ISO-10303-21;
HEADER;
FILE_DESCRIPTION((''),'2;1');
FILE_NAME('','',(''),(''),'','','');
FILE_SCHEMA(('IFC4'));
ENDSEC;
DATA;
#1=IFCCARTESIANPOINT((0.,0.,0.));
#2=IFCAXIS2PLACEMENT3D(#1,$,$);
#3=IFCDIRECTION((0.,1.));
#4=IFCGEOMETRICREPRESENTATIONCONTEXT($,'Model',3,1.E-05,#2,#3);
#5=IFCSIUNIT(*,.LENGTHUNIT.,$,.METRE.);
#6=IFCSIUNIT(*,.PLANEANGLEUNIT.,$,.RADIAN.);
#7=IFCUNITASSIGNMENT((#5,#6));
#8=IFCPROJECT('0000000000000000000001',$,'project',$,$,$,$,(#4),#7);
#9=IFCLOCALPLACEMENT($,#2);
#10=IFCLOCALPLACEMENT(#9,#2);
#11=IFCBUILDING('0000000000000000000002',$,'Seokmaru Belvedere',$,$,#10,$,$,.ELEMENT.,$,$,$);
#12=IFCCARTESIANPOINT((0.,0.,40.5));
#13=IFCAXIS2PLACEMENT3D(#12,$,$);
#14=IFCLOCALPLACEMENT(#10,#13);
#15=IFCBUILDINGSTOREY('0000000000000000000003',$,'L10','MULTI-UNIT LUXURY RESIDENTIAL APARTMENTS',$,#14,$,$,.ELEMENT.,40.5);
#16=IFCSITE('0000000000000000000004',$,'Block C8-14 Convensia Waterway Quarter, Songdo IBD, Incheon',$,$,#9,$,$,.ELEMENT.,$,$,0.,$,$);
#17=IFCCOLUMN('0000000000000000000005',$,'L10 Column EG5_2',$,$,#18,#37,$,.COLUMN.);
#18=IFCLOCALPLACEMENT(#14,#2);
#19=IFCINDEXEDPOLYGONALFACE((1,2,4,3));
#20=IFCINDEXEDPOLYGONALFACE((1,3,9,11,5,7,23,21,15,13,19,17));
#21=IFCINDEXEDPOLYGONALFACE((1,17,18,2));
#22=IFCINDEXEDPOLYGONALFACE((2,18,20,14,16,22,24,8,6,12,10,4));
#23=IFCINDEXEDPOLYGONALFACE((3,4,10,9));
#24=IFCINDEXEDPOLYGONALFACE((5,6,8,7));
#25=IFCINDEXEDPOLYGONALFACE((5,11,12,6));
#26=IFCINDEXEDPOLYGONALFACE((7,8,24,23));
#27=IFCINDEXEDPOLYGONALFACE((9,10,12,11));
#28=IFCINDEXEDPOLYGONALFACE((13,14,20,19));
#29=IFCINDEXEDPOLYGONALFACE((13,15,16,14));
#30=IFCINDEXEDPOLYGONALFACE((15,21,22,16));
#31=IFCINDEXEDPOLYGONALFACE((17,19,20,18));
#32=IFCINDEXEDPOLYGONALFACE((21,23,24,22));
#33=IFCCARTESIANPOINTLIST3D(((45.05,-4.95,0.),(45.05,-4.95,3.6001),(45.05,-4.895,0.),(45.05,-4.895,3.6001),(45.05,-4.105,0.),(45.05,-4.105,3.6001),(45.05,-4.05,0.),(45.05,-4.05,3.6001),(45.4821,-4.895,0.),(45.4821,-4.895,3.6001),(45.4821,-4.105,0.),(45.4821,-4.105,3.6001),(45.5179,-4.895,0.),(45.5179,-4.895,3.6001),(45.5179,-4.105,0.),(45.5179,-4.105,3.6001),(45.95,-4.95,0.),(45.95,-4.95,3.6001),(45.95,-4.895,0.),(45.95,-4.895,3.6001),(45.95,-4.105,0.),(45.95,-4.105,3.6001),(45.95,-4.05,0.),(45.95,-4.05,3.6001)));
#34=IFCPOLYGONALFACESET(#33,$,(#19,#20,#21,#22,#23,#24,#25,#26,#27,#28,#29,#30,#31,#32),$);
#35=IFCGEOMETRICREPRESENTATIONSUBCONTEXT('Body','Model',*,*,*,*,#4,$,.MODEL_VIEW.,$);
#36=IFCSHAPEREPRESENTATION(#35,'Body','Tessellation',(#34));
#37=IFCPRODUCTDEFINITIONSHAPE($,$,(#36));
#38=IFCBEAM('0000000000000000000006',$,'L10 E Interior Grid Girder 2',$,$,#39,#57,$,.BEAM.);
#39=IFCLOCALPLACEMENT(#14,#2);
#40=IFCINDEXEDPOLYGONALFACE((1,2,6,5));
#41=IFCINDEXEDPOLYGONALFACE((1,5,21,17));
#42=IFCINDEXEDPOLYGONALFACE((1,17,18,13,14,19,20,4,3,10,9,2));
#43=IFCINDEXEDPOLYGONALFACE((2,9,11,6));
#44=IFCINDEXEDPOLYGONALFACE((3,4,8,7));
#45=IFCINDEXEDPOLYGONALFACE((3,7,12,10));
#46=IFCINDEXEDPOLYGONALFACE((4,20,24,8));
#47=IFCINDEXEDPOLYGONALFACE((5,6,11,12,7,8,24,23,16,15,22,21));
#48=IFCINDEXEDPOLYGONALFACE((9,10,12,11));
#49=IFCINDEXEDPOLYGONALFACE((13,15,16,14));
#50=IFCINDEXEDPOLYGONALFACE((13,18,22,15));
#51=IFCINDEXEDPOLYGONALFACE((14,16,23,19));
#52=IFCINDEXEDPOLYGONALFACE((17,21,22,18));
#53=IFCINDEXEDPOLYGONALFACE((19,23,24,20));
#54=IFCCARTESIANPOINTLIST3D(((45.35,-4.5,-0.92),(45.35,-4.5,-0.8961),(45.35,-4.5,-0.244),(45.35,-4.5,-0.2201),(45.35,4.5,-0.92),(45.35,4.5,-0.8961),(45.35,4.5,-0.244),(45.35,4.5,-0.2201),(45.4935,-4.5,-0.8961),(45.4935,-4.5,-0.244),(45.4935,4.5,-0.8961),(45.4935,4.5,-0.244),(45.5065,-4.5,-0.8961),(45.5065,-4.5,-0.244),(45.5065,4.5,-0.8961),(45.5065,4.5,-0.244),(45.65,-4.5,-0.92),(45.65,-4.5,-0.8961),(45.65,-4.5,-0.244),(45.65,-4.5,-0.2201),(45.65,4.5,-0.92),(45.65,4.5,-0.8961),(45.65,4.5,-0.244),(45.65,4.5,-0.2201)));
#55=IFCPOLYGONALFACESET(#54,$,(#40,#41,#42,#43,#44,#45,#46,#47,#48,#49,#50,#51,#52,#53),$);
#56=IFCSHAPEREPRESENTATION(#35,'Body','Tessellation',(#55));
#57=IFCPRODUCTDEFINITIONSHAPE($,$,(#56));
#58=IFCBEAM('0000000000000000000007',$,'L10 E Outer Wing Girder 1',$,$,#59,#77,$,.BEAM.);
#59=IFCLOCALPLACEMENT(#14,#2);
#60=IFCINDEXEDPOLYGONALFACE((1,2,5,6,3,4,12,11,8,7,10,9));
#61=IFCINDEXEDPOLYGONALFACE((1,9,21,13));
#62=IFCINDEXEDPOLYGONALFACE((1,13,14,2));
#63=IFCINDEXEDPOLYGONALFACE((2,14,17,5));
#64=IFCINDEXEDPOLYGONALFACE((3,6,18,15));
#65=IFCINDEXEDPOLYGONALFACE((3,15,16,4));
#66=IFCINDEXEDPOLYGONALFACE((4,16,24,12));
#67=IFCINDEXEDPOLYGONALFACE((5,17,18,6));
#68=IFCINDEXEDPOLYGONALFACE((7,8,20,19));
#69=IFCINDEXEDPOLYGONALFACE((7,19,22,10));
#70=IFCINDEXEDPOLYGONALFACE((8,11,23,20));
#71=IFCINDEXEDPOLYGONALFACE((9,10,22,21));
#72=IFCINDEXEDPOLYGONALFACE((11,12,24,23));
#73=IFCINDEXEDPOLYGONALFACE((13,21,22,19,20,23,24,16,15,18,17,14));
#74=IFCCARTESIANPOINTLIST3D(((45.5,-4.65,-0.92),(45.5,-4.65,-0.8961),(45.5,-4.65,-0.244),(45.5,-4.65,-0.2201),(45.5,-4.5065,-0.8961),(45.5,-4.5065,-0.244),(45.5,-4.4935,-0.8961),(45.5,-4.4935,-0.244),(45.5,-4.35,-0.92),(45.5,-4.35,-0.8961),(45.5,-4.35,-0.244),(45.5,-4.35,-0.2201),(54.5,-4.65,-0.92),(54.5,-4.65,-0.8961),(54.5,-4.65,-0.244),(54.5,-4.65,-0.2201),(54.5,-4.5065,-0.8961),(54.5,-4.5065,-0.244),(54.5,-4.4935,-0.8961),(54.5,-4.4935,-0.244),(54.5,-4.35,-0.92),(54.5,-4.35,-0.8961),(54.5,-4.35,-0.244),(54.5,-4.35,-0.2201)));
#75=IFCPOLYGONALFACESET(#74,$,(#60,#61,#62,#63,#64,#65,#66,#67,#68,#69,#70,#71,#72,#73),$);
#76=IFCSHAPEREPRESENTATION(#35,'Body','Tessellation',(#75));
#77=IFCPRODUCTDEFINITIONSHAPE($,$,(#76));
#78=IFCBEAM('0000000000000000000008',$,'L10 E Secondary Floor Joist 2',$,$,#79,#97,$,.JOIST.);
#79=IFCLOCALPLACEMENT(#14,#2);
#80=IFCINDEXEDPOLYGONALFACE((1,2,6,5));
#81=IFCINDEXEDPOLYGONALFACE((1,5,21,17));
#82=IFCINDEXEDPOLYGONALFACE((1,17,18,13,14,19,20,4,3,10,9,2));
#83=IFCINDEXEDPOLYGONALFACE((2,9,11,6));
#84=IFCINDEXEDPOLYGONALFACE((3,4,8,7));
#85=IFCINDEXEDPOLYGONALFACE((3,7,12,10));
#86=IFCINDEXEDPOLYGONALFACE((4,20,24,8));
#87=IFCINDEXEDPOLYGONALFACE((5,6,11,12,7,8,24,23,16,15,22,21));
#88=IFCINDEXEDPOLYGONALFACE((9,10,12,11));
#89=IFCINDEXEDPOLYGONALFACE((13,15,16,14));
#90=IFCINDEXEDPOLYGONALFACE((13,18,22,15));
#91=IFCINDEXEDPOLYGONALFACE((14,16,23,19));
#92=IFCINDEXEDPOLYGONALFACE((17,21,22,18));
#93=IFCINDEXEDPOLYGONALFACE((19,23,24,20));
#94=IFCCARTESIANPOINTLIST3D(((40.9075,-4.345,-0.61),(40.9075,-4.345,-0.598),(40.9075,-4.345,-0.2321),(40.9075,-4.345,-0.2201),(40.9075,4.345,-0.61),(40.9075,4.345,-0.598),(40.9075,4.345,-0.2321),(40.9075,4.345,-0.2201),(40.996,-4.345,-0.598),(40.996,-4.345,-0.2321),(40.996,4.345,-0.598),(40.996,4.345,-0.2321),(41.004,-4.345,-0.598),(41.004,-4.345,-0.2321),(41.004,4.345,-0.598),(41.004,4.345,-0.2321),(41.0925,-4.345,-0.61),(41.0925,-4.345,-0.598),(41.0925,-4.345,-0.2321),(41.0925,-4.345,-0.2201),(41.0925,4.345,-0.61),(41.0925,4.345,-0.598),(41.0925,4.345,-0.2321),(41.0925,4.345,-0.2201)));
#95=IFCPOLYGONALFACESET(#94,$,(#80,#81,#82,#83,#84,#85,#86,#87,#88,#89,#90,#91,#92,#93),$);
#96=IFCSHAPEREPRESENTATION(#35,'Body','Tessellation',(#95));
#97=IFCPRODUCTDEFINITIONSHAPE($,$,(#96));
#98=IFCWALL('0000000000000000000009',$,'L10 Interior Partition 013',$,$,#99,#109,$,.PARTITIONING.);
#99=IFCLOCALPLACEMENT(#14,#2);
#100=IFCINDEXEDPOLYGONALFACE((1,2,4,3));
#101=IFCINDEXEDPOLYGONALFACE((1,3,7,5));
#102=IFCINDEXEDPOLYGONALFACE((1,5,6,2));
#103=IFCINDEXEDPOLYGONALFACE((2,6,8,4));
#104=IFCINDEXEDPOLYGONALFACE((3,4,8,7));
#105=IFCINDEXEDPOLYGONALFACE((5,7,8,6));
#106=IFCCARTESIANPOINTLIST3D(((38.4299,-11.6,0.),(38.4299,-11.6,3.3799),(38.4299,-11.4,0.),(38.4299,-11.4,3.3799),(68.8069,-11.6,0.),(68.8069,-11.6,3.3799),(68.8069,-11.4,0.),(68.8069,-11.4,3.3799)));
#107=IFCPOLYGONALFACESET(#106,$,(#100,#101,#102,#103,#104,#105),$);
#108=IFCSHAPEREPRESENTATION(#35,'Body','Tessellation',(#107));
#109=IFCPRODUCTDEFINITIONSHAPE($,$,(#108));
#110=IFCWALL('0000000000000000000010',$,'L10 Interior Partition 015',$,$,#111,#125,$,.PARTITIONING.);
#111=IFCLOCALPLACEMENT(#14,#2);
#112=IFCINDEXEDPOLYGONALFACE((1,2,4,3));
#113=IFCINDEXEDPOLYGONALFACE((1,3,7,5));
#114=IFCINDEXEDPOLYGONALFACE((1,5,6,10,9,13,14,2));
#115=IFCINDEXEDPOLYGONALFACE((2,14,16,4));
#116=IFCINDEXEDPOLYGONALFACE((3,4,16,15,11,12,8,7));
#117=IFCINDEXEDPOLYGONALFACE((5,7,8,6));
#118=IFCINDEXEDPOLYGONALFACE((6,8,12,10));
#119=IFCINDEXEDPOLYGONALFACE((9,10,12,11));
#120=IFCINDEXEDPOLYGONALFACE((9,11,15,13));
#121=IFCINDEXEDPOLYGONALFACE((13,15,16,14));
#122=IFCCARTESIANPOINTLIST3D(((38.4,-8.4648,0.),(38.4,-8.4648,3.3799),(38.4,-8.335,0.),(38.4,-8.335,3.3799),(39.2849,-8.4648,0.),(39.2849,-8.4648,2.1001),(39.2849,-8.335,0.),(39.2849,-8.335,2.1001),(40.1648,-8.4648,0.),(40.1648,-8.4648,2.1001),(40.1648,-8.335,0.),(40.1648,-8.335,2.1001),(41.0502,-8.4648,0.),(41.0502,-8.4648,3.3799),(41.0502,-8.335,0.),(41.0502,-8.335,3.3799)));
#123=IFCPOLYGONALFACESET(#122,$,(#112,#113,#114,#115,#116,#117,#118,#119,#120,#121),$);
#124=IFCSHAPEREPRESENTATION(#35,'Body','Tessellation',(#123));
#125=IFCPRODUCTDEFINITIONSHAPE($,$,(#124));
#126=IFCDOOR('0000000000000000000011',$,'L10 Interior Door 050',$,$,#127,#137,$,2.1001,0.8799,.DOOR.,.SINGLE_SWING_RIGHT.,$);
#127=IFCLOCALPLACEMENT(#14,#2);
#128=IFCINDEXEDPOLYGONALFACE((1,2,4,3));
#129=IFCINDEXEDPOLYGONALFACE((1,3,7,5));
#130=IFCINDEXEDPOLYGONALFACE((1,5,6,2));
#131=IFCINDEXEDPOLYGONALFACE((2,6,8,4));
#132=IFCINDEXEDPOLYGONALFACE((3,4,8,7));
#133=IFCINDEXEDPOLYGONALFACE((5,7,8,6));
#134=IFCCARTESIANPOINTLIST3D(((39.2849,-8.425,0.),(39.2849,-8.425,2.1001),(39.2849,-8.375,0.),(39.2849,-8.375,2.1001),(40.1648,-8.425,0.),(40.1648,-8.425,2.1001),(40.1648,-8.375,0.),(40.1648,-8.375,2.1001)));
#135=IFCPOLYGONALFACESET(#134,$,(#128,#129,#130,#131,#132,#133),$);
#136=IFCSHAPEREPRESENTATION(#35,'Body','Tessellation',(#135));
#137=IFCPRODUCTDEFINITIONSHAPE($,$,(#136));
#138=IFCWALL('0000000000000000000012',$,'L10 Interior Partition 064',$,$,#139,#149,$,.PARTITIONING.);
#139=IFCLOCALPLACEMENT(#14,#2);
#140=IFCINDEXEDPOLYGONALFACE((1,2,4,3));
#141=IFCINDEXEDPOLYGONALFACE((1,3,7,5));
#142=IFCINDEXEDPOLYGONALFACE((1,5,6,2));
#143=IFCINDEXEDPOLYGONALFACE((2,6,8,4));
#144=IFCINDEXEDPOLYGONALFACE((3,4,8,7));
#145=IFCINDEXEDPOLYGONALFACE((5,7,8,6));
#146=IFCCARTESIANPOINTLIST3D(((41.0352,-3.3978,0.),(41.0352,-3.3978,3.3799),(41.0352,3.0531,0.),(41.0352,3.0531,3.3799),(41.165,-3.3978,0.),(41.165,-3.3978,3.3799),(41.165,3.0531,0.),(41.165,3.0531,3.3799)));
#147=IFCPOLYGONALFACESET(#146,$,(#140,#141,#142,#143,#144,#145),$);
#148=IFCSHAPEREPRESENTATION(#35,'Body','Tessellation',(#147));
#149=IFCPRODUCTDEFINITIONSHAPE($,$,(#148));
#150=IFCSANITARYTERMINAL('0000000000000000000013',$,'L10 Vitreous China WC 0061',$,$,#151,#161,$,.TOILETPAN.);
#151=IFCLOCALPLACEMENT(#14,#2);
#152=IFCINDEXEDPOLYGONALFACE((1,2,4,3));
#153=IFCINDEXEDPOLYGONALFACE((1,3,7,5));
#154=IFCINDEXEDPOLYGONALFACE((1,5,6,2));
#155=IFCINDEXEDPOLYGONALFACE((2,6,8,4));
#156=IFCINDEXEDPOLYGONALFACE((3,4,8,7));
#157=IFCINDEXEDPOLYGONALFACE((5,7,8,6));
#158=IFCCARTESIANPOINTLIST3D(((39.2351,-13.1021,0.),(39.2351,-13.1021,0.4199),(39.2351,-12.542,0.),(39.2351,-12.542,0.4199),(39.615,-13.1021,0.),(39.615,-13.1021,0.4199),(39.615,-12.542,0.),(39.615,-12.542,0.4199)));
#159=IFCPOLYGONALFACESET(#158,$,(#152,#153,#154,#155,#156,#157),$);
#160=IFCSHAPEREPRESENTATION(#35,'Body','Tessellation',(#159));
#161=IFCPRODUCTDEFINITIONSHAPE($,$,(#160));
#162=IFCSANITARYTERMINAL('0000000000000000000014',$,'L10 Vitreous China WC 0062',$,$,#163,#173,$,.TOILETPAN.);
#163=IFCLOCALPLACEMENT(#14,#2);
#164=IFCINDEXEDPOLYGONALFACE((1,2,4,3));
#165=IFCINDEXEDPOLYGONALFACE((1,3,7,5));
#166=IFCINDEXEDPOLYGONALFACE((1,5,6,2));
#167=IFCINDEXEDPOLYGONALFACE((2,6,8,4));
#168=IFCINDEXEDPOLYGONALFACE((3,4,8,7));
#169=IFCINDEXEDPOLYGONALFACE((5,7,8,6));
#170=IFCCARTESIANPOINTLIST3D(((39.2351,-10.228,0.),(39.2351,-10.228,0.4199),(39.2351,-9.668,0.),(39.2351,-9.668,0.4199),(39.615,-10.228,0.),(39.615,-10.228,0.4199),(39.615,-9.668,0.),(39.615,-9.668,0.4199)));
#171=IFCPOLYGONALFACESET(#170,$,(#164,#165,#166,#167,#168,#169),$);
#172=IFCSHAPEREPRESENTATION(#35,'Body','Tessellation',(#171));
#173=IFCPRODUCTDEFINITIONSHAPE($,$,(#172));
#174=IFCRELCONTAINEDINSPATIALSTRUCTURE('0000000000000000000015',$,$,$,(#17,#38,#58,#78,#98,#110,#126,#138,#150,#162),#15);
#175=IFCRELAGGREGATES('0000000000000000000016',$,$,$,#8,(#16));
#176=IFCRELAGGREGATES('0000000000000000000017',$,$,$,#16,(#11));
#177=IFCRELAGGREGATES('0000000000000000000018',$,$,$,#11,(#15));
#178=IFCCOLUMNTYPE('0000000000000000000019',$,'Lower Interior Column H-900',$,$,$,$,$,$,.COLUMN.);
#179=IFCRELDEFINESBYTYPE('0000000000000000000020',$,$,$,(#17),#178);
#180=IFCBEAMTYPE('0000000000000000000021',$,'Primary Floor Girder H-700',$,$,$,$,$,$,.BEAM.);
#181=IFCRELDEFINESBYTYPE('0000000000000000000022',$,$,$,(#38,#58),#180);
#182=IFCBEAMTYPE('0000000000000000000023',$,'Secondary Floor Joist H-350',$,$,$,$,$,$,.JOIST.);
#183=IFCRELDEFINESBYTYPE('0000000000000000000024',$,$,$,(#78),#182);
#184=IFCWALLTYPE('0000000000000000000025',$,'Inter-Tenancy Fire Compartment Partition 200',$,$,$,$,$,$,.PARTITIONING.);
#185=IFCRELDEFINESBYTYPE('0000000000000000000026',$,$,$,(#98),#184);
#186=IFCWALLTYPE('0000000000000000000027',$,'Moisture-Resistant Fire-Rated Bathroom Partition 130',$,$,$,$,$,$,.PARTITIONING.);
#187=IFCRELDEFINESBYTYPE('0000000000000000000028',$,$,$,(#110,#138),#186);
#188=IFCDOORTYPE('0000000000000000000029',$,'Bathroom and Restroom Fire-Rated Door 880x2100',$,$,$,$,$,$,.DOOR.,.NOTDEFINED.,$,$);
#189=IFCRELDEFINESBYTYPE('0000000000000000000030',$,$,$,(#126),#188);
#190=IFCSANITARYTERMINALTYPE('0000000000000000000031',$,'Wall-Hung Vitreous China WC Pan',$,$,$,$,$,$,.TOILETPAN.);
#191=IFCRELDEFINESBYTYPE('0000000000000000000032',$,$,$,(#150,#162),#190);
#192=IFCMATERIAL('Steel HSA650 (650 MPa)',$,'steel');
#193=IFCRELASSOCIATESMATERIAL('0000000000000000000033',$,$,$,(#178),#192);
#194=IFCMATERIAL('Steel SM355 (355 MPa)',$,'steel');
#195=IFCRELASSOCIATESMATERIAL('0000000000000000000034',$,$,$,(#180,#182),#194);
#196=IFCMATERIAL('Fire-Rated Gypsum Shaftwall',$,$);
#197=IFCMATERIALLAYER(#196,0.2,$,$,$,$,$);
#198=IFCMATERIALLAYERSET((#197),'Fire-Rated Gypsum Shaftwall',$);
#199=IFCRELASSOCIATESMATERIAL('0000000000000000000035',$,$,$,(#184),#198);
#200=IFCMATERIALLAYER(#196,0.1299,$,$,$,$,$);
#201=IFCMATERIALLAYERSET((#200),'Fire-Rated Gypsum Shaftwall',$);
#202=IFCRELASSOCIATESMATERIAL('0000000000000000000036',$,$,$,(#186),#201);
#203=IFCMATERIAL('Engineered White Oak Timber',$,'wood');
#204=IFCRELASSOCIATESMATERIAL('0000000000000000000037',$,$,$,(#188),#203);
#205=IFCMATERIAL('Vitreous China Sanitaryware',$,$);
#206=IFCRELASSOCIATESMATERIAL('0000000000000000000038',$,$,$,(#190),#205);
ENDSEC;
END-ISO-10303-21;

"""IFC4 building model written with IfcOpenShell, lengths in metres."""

from ifc_helpers import new_model, si_unit, direction, frame, frame_2d, origin, origin_2d, place, context, subcontext, project, spatial, rectangle, i_section, extrude, source, transform, mapped, material, layer, layer_set, material_profile, profile_set, type_object, type_shapes, element, fill, save


model = new_model("IFC4")

# Units and contexts
model_context = context("Model", 3, precision=1e-05, world=origin(), true_north=direction((0.0, 1.0)))
body_context = subcontext(model_context, "Body", "Model", "MODEL_VIEW")
ifc_project = project(units=[si_unit("LENGTHUNIT", "METRE"), si_unit("PLANEANGLEUNIT", "RADIAN")], contexts=[model_context])

# Site, building, storey
site_placement = place(None, origin())
site = spatial("IfcSite", under=ifc_project, at=site_placement, Name="Block C8-14 Convensia Waterway Quarter, Songdo IBD, Incheon", CompositionType="ELEMENT", RefElevation=0.0)
building_placement = place(site_placement, origin())
building = spatial("IfcBuilding", under=site, at=building_placement, Name="Seokmaru Belvedere", CompositionType="ELEMENT")
storey_placement = place(building_placement, frame((0.0, 0.0, 40.5)))
storey = spatial("IfcBuildingStorey", under=building, at=storey_placement, Name="L10", Description="MULTI-UNIT LUXURY RESIDENTIAL APARTMENTS", CompositionType="ELEMENT", Elevation=40.5)

# Column
ifc_material_1 = material(Name="Steel HSA650 (650 MPa)", Category="steel")
ifc_material_profile_1 = material_profile(ifc_material_1, i_section(OverallWidth=0.8999, OverallDepth=0.8999, WebThickness=0.0359, FlangeThickness=0.0549, at=origin_2d()), Name="H-900x900x36x55")
ifc_profile_set_1 = profile_set([ifc_material_profile_1], Name="Steel HSA650 (650 MPa)")
column_type = type_object("IfcColumnType", Name="Lower Interior Column H-900", PredefinedType="COLUMN", material=ifc_profile_set_1)
shared_shape_1 = source(origin(), body_context, "Body", "SweptSolid", [
    extrude(i_section(OverallWidth=0.8999, OverallDepth=0.8999, WebThickness=0.0359, FlangeThickness=0.0549, at=origin_2d()), origin(), (0.0, 0.0, 1.0), 3.6001),
])
type_shapes(column_type, [shared_shape_1])
column_placement = place(storey_placement, frame((45.5, -4.5, 0.0), z_axis=(0.0, 0.0, 1.0), x_axis=(1.0, 0.0, 0.0)))
element("IfcColumn", 1, at=column_placement, inside=storey, type_object=column_type, Name="L10 Column EG5_2", PredefinedType="COLUMN", context=body_context, shape_type="MappedRepresentation", body=[
    mapped(shared_shape_1, transform((0.0, 0.0, 0.0), scale=1.0)),
])

# Beams
ifc_material_2 = material(Name="Steel SM355 (355 MPa)", Category="steel")
ifc_material_profile_2 = material_profile(ifc_material_2, i_section(OverallWidth=0.3, OverallDepth=0.7, WebThickness=0.0129, FlangeThickness=0.0239, at=origin_2d()), Name="H-700x300x13x24")
ifc_profile_set_2 = profile_set([ifc_material_profile_2], Name="Steel SM355 (355 MPa)")
beam_type_1 = type_object("IfcBeamType", Name="Primary Floor Girder H-700", PredefinedType="BEAM", material=ifc_profile_set_2)
shared_shape_2 = source(origin(), body_context, "Body", "SweptSolid", [
    extrude(i_section(OverallWidth=0.3, OverallDepth=0.7, WebThickness=0.0129, FlangeThickness=0.0239, at=origin_2d()), origin(), (0.0, 0.0, 1.0), 9.0),
])
type_shapes(beam_type_1, [shared_shape_2])
for number, where, z_axis, x_axis, name in (
    (2, (45.5, -4.5, -0.5701), (0.0, 1.0, 0.0), (-1.0, 0.0, 0.0), "L10 E Interior Grid Girder 2"),
    (3, (45.5, -4.5, -0.5701), (1.0, 0.0, 0.0), (0.0, 1.0, 0.0), "L10 E Outer Wing Girder 1"),
):
    element("IfcBeam", number, at=place(storey_placement, frame(where, z_axis=z_axis, x_axis=x_axis)), inside=storey, type_object=beam_type_1, Name=name, PredefinedType="BEAM", context=body_context, shape_type="MappedRepresentation", body=[
        mapped(shared_shape_2, transform((0.0, 0.0, 0.0), scale=1.0)),
    ])
ifc_material_profile_3 = material_profile(ifc_material_2, i_section(OverallWidth=0.1851, OverallDepth=0.3899, WebThickness=0.0081, FlangeThickness=0.012, at=origin_2d()), Name="H-390x185x8x12")
ifc_profile_set_3 = profile_set([ifc_material_profile_3], Name="Steel SM355 (355 MPa)")
beam_type_2 = type_object("IfcBeamType", Name="Secondary Floor Joist H-350", PredefinedType="JOIST", material=ifc_profile_set_3)
shared_shape_3 = source(origin(), body_context, "Body", "SweptSolid", [
    extrude(i_section(OverallWidth=0.1851, OverallDepth=0.3899, WebThickness=0.0081, FlangeThickness=0.012, at=origin_2d()), origin(), (0.0, 0.0, 1.0), 8.6899),
])
type_shapes(beam_type_2, [shared_shape_3])
beam_placement = place(storey_placement, frame((41.0, -4.345, -0.415), z_axis=(0.0, 1.0, 0.0), x_axis=(-1.0, 0.0, 0.0)))
element("IfcBeam", 4, at=beam_placement, inside=storey, type_object=beam_type_2, Name="L10 E Secondary Floor Joist 2", PredefinedType="JOIST", context=body_context, shape_type="MappedRepresentation", body=[
    mapped(shared_shape_3, transform((0.0, 0.0, 0.0), scale=1.0)),
])

# Shared definitions
ifc_material_3 = material(Name="Fire-Rated Gypsum Shaftwall")

# Wall
ifc_layer_1 = layer(ifc_material_3, 0.2)
ifc_layer_set_1 = layer_set([ifc_layer_1], Name="Fire-Rated Gypsum Shaftwall")
wall_type_1 = type_object("IfcWallType", Name="Inter-Tenancy Fire Compartment Partition 200", PredefinedType="PARTITIONING", material=ifc_layer_set_1)
wall_1_placement = place(storey_placement, frame((38.4299, -11.5, 0.0), z_axis=(0.0, 0.0, 1.0), x_axis=(1.0, 0.0, 0.0)))
element("IfcWall", 5, at=wall_1_placement, inside=storey, type_object=wall_type_1, Name="L10 Interior Partition 013", PredefinedType="PARTITIONING", context=body_context, shape_type="SweptSolid", body=[
    extrude(rectangle(XDim=30.377, YDim=0.2, at=frame_2d((15.1885, 0.0))), origin(), (0.0, 0.0, 1.0), 3.3799),
])

# Wall, opening, door
ifc_layer_2 = layer(ifc_material_3, 0.1299)
ifc_layer_set_2 = layer_set([ifc_layer_2], Name="Fire-Rated Gypsum Shaftwall")
wall_type_2 = type_object("IfcWallType", Name="Moisture-Resistant Fire-Rated Bathroom Partition 130", PredefinedType="PARTITIONING", material=ifc_layer_set_2)
wall_2_placement = place(storey_placement, frame((38.3999, -8.3999, 0.0), z_axis=(0.0, 0.0, 1.0), x_axis=(1.0, 0.0, 0.0)))
wall_2 = element("IfcWall", 6, at=wall_2_placement, inside=storey, type_object=wall_type_2, Name="L10 Interior Partition 015", PredefinedType="PARTITIONING", context=body_context, shape_type="SweptSolid", body=[
    extrude(rectangle(XDim=2.6501, YDim=0.1299, at=frame_2d((1.3252, 0.0))), origin(), (0.0, 0.0, 1.0), 3.3799),
])
opening_1_placement = place(wall_2_placement, frame((0.885, 0.0, 0.0)))
opening_1 = element("IfcOpeningElement", 7, at=opening_1_placement, cuts=wall_2, PredefinedType="OPENING", context=body_context, shape_type="SweptSolid", body=[
    extrude(rectangle(XDim=0.8799, YDim=2.1001, at=frame_2d((0.4399, 1.05))), frame((0.0, 0.075, 0.0), z_axis=(0.0, -1.0, 0.0), x_axis=(1.0, 0.0, 0.0)), (0.0, 0.0, 1.0), 0.1499),
])
ifc_material_4 = material(Name="Engineered White Oak Timber", Category="wood")
door_type = type_object("IfcDoorType", Name="Bathroom and Restroom Fire-Rated Door 880x2100", OperationType="NOTDEFINED", PredefinedType="DOOR", material=ifc_material_4)
shared_shape_4 = source(origin(), body_context, "Body", "SweptSolid", [
    extrude(rectangle(XDim=0.8799, YDim=2.1001, at=frame_2d((0.4399, 1.05))), frame((0.0, 0.0249, 0.0), z_axis=(0.0, -1.0, 0.0), x_axis=(1.0, 0.0, 0.0)), (0.0, 0.0, 1.0), 0.05),
])
type_shapes(door_type, [shared_shape_4])
door_placement = place(opening_1_placement, origin())
door = element("IfcDoor", 8, at=door_placement, inside=storey, type_object=door_type, Name="L10 Interior Door 050", OperationType="SINGLE_SWING_RIGHT", OverallHeight=2.1001, OverallWidth=0.8799, PredefinedType="DOOR", context=body_context, shape_type="MappedRepresentation", body=[
    mapped(shared_shape_4, transform((0.0, 0.0, 0.0), scale=1.0)),
])
fill(opening_1, door)

# Wall
wall_3_placement = place(storey_placement, frame((41.1001, -3.3979, 0.0), z_axis=(0.0, 0.0, 1.0), x_axis=(0.0, 1.0, 0.0)))
element("IfcWall", 9, at=wall_3_placement, inside=storey, type_object=wall_type_2, Name="L10 Interior Partition 064", PredefinedType="PARTITIONING", context=body_context, shape_type="SweptSolid", body=[
    extrude(rectangle(XDim=6.4509, YDim=0.1299, at=frame_2d((3.2256, 0.0))), origin(), (0.0, 0.0, 1.0), 3.3799),
])

# Sanitary terminals
ifc_material_5 = material(Name="Vitreous China Sanitaryware")
sanitary_terminal_type_1 = type_object("IfcSanitaryTerminalType", Name="Wall-Hung Vitreous China WC Pan", PredefinedType="TOILETPAN", material=ifc_material_5)
shared_shape_5 = source(origin(), body_context, "Body", "SweptSolid", [
    extrude(rectangle(XDim=0.3799, YDim=0.5601, at=origin_2d()), origin(), (0.0, 0.0, 1.0), 0.4199),
])
type_shapes(sanitary_terminal_type_1, [shared_shape_5])
for number, where, z_axis, x_axis, name in (
    (10, (39.425, -12.822, 0.0), (0.0, 0.0, 1.0), (1.0, 0.0, 0.0), "L10 Vitreous China WC 0061"),
    (11, (39.425, -9.948, 0.0), (0.0, 0.0, 1.0), (1.0, 0.0, 0.0), "L10 Vitreous China WC 0062"),
):
    element("IfcSanitaryTerminal", number, at=place(storey_placement, frame(where, z_axis=z_axis, x_axis=x_axis)), inside=storey, type_object=sanitary_terminal_type_1, Name=name, PredefinedType="TOILETPAN", context=body_context, shape_type="MappedRepresentation", body=[
        mapped(shared_shape_5, transform((0.0, 0.0, 0.0), scale=1.0)),
    ])

save(model, "model.ifc")
